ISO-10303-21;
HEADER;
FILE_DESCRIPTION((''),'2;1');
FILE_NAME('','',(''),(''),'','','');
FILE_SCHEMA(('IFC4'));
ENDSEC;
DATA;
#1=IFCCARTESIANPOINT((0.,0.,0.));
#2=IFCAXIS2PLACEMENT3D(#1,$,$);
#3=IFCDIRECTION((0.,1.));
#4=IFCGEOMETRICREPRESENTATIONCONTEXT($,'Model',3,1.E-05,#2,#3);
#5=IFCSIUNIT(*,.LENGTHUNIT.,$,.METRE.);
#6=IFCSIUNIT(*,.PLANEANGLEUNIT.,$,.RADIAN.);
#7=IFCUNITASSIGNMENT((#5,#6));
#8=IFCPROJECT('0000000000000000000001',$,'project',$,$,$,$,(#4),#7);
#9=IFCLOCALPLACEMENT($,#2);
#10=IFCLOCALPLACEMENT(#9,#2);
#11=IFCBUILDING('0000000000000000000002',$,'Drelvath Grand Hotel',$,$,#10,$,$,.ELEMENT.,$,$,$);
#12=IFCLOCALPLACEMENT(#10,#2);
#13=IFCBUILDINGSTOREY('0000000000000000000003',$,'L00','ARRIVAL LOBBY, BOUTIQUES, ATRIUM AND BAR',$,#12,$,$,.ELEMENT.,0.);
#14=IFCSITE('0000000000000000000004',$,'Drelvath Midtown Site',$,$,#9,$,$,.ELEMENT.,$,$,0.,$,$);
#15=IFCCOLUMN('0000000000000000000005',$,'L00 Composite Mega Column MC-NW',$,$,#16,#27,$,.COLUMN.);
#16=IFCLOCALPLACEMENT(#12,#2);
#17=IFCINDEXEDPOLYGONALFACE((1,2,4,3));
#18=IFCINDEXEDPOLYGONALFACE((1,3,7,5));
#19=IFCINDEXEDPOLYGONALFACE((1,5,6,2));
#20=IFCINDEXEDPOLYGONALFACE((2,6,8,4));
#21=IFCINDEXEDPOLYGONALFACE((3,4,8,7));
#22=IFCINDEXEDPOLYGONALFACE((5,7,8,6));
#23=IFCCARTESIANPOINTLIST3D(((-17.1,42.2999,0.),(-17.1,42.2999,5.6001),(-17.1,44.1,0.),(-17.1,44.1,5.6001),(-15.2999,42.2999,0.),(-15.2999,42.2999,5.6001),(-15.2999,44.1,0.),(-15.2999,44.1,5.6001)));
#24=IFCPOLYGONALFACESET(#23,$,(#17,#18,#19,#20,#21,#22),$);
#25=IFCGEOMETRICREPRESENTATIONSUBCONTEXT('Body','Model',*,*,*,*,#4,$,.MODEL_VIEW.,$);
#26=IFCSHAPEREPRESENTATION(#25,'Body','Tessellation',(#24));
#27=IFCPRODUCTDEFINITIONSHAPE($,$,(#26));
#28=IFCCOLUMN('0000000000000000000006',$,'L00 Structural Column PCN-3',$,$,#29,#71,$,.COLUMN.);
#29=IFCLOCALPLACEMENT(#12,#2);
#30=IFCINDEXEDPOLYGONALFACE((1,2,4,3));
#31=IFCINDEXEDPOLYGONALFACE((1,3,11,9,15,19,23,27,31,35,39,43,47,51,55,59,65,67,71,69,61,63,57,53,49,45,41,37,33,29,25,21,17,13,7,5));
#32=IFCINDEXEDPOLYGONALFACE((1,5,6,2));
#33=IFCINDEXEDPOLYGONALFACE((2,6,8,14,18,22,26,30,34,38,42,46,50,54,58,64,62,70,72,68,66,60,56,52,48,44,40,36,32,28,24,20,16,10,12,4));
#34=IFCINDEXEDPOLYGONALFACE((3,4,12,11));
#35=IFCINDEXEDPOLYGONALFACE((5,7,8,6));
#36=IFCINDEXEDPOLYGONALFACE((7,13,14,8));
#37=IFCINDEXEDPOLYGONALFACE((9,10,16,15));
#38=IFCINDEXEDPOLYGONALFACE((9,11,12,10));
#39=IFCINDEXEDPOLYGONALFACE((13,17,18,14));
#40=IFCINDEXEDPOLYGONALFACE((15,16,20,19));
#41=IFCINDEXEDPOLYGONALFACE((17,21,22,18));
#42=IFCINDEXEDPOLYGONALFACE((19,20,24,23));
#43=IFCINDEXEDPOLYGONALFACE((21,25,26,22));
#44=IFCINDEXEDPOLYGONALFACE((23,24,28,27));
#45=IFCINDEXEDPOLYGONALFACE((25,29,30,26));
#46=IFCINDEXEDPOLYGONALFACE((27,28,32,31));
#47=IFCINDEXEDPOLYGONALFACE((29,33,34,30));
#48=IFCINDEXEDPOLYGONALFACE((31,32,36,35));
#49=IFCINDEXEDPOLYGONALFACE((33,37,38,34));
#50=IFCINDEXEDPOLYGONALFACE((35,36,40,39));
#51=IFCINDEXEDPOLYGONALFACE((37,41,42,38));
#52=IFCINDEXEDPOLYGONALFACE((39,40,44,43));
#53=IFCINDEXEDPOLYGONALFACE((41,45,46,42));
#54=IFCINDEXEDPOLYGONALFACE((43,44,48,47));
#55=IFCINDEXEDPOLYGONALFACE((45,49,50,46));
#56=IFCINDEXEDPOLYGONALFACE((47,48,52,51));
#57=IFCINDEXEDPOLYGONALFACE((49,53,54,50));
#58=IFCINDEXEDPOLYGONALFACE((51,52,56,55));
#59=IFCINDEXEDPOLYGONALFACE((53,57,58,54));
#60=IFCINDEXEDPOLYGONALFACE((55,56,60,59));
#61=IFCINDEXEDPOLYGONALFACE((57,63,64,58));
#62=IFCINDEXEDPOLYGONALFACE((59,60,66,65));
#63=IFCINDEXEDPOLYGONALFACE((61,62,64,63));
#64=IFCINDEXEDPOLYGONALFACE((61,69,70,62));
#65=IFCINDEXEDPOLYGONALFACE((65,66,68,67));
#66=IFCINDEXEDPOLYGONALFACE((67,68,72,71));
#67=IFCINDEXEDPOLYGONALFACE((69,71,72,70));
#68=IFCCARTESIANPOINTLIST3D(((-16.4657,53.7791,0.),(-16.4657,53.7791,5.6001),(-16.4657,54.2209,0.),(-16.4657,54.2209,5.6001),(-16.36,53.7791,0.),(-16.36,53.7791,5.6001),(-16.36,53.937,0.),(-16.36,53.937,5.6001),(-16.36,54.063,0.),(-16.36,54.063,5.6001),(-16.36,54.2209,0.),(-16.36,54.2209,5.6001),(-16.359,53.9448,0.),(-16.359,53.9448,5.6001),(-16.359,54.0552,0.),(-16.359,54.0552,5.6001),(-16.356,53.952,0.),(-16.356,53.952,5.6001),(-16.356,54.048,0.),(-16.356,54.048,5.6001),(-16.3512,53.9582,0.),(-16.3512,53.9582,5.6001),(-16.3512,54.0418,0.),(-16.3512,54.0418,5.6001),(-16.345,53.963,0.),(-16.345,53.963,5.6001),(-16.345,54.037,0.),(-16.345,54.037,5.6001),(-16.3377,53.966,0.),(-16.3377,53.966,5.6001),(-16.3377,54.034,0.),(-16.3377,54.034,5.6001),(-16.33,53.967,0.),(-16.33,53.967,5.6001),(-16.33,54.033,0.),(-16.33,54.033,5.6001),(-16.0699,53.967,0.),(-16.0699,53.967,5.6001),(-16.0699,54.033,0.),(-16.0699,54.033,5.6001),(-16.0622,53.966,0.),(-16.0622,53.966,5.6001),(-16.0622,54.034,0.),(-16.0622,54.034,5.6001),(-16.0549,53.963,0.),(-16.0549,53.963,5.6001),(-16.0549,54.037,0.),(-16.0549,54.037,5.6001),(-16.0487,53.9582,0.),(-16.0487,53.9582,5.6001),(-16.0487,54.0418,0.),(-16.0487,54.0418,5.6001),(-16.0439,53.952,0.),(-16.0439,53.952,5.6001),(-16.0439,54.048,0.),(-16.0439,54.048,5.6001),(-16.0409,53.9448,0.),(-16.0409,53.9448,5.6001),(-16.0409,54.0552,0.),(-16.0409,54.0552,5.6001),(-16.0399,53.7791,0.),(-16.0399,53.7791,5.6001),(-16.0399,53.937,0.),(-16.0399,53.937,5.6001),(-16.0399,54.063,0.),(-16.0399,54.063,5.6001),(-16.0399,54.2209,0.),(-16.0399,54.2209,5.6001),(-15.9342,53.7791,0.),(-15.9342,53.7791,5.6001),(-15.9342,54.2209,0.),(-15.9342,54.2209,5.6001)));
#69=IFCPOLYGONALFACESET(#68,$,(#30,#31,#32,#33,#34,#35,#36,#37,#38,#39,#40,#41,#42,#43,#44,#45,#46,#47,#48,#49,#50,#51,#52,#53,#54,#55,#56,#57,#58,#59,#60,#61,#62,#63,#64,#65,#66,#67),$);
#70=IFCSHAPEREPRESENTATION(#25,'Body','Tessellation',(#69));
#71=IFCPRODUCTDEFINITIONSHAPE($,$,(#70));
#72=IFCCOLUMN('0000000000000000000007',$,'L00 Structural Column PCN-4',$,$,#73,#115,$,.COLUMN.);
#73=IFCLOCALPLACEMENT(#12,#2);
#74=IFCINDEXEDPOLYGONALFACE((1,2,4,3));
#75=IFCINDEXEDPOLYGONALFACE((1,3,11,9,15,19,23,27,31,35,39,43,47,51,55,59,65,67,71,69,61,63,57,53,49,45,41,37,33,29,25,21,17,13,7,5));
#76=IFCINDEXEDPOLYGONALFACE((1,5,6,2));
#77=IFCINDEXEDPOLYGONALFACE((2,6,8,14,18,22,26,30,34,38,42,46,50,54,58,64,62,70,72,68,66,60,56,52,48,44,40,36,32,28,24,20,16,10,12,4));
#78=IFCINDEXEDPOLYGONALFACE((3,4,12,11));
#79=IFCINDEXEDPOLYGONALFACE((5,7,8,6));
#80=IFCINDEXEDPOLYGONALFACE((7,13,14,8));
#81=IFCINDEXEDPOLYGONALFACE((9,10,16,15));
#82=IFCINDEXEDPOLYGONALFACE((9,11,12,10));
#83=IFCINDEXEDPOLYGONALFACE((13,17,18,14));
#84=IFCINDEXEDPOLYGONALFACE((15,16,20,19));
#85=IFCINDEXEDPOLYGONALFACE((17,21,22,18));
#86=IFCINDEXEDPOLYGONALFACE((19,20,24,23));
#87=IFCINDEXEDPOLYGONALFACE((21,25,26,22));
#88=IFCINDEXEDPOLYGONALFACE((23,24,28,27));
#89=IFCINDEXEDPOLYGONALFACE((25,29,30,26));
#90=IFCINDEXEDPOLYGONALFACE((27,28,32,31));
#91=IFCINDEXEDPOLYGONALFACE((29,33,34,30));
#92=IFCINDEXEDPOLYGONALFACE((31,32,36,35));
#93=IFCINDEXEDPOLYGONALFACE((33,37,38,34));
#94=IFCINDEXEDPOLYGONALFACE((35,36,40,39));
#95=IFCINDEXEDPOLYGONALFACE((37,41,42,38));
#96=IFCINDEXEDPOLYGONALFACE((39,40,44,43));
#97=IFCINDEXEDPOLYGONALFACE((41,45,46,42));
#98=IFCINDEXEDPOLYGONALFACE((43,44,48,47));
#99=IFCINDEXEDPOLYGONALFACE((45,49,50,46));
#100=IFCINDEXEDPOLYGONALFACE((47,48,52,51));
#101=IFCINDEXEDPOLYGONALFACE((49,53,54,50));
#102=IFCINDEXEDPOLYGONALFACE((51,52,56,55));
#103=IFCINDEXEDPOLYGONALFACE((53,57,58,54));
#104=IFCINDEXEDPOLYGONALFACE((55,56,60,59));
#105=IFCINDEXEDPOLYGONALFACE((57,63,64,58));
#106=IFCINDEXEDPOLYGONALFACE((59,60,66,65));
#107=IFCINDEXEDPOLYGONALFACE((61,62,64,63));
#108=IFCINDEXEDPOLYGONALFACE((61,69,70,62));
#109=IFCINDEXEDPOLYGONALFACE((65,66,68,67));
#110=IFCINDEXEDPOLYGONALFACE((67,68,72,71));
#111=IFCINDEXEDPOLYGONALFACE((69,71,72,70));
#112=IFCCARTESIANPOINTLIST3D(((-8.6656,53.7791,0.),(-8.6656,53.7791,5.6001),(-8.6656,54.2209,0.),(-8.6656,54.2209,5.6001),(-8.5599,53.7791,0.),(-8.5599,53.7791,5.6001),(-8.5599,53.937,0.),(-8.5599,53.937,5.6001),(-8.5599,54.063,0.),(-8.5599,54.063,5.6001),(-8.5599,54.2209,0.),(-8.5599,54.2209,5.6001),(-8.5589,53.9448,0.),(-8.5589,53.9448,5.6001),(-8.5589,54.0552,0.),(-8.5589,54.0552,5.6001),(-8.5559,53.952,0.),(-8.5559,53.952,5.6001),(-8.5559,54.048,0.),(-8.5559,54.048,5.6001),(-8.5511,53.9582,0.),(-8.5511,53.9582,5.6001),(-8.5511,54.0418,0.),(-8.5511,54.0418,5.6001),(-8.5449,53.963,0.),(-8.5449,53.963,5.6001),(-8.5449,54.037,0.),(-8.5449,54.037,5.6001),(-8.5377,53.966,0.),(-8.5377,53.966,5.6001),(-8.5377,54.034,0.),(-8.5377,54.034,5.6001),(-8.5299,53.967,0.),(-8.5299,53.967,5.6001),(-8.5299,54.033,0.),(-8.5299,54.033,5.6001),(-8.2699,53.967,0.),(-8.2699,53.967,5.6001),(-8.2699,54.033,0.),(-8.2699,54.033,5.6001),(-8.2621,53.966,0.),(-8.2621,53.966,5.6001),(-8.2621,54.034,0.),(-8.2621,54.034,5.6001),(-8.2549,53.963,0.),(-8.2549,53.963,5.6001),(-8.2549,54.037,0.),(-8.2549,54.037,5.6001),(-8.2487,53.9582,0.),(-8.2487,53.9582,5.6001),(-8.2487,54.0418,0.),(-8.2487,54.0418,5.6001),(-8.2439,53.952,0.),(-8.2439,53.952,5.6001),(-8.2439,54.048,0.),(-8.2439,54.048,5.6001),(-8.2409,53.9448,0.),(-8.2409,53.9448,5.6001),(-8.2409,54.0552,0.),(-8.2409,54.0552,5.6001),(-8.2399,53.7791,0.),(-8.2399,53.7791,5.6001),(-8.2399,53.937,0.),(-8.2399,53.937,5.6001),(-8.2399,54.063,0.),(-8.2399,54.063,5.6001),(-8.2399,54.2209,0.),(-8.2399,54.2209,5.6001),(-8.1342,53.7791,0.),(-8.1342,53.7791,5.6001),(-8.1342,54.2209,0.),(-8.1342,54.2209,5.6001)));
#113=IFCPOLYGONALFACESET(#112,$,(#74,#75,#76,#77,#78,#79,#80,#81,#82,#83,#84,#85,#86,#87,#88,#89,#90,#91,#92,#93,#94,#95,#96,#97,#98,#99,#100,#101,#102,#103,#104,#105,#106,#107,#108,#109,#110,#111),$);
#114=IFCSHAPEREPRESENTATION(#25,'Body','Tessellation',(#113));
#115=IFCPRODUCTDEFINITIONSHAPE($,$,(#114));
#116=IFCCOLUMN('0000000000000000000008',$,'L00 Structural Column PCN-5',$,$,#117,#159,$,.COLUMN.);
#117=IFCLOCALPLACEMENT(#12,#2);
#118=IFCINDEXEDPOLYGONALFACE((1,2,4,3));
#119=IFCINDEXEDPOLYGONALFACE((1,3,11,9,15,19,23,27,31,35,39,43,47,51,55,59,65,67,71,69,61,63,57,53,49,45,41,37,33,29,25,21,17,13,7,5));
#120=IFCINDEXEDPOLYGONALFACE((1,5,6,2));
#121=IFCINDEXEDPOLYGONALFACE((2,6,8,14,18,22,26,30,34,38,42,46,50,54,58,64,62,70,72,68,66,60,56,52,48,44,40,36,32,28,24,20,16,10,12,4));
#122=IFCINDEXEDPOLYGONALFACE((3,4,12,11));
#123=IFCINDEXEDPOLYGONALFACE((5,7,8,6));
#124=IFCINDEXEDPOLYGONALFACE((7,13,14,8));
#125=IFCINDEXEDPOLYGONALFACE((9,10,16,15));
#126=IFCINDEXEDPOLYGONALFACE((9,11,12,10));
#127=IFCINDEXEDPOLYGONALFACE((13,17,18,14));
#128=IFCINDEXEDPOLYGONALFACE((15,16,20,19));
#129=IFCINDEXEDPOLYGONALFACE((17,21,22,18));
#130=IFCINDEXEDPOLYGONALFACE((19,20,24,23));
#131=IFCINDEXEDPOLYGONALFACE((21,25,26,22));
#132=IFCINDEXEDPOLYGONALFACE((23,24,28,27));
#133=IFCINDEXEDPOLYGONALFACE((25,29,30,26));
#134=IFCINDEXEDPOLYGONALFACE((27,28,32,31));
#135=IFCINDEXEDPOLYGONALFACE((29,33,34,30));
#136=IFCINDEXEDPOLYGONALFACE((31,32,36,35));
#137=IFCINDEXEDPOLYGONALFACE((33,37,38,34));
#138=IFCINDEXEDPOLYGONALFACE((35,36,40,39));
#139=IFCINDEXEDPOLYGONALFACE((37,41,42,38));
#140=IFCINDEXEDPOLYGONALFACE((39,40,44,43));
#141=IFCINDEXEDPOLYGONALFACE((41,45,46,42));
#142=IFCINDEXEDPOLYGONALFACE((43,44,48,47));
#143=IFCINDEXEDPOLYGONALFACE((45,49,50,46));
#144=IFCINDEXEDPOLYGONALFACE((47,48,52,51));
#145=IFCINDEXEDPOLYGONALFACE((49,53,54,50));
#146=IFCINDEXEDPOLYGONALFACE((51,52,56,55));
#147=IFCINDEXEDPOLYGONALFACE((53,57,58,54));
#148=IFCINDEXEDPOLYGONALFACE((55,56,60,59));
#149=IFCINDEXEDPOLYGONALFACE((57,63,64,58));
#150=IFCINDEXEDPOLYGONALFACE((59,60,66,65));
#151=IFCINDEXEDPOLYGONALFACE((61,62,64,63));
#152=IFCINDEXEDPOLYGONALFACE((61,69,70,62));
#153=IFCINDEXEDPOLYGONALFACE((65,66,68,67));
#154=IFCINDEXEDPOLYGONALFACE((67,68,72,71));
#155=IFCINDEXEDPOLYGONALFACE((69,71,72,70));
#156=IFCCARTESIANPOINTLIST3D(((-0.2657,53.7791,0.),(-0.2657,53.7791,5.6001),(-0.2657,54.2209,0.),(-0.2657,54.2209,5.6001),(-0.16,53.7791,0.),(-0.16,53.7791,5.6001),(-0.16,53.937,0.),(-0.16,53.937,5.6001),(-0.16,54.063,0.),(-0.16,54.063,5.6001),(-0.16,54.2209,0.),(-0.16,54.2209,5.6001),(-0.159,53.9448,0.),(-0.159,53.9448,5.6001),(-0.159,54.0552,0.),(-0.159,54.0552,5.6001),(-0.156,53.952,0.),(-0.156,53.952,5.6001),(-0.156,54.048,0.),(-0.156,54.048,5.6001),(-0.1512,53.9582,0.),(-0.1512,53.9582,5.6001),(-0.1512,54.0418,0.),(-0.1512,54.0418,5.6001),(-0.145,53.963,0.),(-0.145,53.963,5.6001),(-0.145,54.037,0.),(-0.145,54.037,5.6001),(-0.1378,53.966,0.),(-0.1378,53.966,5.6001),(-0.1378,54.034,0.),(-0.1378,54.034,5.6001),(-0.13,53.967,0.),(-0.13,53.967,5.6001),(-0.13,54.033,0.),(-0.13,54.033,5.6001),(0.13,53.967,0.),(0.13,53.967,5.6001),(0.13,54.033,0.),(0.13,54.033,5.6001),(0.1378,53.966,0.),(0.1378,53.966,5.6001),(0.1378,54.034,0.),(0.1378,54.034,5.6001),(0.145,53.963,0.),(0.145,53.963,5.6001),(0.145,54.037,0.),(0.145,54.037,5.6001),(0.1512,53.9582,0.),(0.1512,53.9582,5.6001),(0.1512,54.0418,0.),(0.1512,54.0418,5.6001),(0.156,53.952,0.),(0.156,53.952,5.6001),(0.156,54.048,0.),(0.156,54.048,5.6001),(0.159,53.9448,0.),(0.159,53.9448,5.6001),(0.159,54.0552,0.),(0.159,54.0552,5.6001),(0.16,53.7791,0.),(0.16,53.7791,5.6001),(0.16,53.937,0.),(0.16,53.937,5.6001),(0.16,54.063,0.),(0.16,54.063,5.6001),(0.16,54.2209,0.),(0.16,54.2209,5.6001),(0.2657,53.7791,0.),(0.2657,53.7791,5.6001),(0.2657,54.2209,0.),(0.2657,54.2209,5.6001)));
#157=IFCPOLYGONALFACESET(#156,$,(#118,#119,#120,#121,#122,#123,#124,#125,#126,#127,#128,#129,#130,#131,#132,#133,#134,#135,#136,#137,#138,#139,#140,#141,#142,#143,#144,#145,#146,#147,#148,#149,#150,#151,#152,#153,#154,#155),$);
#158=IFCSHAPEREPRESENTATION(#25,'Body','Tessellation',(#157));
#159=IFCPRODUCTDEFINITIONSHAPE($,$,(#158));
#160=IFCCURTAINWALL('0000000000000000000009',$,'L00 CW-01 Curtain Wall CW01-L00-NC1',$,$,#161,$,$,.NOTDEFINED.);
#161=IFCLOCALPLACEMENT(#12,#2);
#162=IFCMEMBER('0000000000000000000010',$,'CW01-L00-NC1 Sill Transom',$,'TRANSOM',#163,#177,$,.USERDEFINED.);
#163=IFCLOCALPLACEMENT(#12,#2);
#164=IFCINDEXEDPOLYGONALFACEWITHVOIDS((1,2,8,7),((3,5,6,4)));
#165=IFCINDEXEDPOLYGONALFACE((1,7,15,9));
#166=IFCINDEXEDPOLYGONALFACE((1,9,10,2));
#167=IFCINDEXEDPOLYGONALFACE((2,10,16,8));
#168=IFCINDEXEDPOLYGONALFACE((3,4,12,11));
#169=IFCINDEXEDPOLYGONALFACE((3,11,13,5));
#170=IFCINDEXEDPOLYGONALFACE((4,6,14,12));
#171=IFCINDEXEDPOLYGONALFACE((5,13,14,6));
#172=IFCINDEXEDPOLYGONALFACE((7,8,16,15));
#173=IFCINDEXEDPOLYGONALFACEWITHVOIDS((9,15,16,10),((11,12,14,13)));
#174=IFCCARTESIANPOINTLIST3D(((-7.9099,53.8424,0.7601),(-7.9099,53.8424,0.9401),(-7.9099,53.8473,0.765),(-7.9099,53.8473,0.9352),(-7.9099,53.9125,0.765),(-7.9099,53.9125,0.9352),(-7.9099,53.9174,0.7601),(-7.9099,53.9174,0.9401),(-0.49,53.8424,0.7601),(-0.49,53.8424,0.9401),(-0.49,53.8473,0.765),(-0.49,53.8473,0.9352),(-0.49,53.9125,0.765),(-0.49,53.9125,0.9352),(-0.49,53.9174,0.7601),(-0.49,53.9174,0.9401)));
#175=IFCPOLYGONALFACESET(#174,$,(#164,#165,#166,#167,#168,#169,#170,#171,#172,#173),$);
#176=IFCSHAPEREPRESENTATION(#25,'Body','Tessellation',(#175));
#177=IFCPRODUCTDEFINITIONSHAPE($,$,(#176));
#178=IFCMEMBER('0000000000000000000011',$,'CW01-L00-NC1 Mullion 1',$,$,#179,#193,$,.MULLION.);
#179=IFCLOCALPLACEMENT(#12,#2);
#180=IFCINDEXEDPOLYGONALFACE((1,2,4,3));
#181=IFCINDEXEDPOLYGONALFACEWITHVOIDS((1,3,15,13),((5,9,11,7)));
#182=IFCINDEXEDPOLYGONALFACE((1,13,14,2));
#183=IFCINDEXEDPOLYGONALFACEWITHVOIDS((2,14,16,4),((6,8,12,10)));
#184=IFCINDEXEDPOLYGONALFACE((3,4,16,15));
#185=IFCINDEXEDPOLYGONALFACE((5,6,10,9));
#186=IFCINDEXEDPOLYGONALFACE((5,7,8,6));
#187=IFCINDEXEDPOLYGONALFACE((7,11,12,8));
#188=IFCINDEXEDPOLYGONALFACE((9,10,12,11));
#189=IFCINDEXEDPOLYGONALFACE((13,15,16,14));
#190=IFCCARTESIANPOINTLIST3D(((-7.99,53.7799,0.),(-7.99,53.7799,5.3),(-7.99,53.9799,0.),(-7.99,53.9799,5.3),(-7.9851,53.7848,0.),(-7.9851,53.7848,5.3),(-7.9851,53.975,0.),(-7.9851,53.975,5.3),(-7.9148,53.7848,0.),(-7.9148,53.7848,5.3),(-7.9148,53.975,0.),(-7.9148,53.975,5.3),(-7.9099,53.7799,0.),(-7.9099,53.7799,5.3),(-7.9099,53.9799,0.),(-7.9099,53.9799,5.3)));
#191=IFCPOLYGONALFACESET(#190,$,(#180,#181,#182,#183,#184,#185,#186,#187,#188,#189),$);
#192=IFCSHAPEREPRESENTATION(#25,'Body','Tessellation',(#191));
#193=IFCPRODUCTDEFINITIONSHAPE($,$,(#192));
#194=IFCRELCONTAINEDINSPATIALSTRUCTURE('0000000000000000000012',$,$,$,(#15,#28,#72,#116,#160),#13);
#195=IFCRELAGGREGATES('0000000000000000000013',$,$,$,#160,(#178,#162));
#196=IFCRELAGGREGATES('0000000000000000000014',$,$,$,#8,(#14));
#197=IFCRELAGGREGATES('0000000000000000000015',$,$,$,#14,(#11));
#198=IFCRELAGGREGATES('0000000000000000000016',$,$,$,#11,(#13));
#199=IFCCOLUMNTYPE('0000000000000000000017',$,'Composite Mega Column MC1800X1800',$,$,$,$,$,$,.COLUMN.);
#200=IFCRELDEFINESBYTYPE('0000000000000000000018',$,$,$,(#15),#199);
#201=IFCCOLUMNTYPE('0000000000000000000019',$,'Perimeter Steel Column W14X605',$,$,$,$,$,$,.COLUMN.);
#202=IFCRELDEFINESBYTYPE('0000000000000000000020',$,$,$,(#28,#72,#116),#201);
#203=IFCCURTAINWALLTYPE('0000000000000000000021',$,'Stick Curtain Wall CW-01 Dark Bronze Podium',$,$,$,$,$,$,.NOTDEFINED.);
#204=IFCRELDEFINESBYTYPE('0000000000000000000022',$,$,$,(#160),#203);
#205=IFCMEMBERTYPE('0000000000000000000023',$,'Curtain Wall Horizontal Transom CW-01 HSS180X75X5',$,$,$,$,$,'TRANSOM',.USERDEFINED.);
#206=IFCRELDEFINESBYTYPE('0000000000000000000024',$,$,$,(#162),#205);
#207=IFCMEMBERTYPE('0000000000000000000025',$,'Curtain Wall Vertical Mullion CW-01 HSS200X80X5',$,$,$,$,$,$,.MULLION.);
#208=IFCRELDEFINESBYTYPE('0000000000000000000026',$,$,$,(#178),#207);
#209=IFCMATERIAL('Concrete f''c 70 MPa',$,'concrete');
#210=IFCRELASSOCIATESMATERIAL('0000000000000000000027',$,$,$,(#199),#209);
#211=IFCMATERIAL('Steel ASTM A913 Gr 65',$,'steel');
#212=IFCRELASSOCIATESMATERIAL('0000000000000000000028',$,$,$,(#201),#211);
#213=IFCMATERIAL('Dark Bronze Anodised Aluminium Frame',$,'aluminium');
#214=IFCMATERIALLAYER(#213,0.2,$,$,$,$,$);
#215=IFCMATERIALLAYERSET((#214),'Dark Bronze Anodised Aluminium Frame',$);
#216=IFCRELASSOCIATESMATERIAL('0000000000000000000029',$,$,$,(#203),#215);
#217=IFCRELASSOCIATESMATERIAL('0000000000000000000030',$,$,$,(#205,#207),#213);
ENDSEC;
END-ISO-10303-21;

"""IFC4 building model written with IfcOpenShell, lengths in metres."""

from ifc_helpers import new_model, si_unit, direction, frame, origin, origin_2d, place, context, subcontext, project, spatial, rectangle, hollow_rectangle, i_section, extrude, material, layer, layer_set, material_profile, profile_set, type_object, element, aggregate, save


model = new_model("IFC4")

# Units and contexts
model_context = context("Model", 3, precision=1e-05, world=origin(), true_north=direction((0.0, 1.0)))
body_context = subcontext(model_context, "Body", "Model", "MODEL_VIEW")
ifc_project = project(units=[si_unit("LENGTHUNIT", "METRE"), si_unit("PLANEANGLEUNIT", "RADIAN")], contexts=[model_context])

# Site, building, storey
site_placement = place(None, origin())
site = spatial("IfcSite", under=ifc_project, at=site_placement, Name="Drelvath Midtown Site", CompositionType="ELEMENT", RefElevation=0.0)
building_placement = place(site_placement, origin())
building = spatial("IfcBuilding", under=site, at=building_placement, Name="Drelvath Grand Hotel", CompositionType="ELEMENT")
storey_placement = place(building_placement, origin())
storey = spatial("IfcBuildingStorey", under=building, at=storey_placement, Name="L00", Description="ARRIVAL LOBBY, BOUTIQUES, ATRIUM AND BAR", CompositionType="ELEMENT", Elevation=0.0)

# Columns
ifc_material_1 = material(Name="Concrete f'c 70 MPa", Category="concrete")
ifc_material_profile_1 = material_profile(ifc_material_1, rectangle(XDim=1.8, YDim=1.8, at=origin_2d()), Name="MC1800X1800")
ifc_profile_set_1 = profile_set([ifc_material_profile_1], Name="Concrete f'c 70 MPa")
column_type_1 = type_object("IfcColumnType", Name="Composite Mega Column MC1800X1800", PredefinedType="COLUMN", material=ifc_profile_set_1)
column_placement = place(storey_placement, frame((-16.2, 43.2, 0.0), z_axis=(0.0, 0.0, 1.0), x_axis=(1.0, 0.0, 0.0)))
element("IfcColumn", 1, at=column_placement, inside=storey, type_object=column_type_1, Name="L00 Composite Mega Column MC-NW", PredefinedType="COLUMN", context=body_context, shape_type="SweptSolid", body=[
    extrude(rectangle(XDim=1.8, YDim=1.8, at=origin_2d()), origin(), (0.0, 0.0, 1.0), 5.6001),
])
ifc_material_2 = material(Name="Steel ASTM A913 Gr 65", Category="steel")
ifc_material_profile_2 = material_profile(ifc_material_2, i_section(OverallWidth=0.4419, OverallDepth=0.5315, WebThickness=0.0659, FlangeThickness=0.1057, FilletRadius=0.03, at=origin_2d()), Name="W14X605")
ifc_profile_set_2 = profile_set([ifc_material_profile_2], Name="Steel ASTM A913 Gr 65")
column_type_2 = type_object("IfcColumnType", Name="Perimeter Steel Column W14X605", PredefinedType="COLUMN", material=ifc_profile_set_2)
for number, where, z_axis, x_axis, name in (
    (2, (-16.2, 54.0, 0.0), (0.0, 0.0, 1.0), (0.0, 1.0, 0.0), "L00 Structural Column PCN-3"),
    (3, (-8.3999, 54.0, 0.0), (0.0, 0.0, 1.0), (0.0, 1.0, 0.0), "L00 Structural Column PCN-4"),
    (4, (0.0, 54.0, 0.0), (0.0, 0.0, 1.0), (0.0, 1.0, 0.0), "L00 Structural Column PCN-5"),
):
    element("IfcColumn", number, at=place(storey_placement, frame(where, z_axis=z_axis, x_axis=x_axis)), inside=storey, type_object=column_type_2, Name=name, PredefinedType="COLUMN", context=body_context, shape_type="SweptSolid", body=[
        extrude(i_section(OverallWidth=0.4419, OverallDepth=0.5315, WebThickness=0.0659, FlangeThickness=0.1057, FilletRadius=0.03, at=origin_2d()), origin(), (0.0, 0.0, 1.0), 5.6001),
    ])

# Curtain wall, members
ifc_material_3 = material(Name="Dark Bronze Anodised Aluminium Frame", Category="aluminium")
ifc_layer_1 = layer(ifc_material_3, 0.2)
ifc_layer_set_1 = layer_set([ifc_layer_1], Name="Dark Bronze Anodised Aluminium Frame")
curtain_wall_type = type_object("IfcCurtainWallType", Name="Stick Curtain Wall CW-01 Dark Bronze Podium", PredefinedType="NOTDEFINED", material=ifc_layer_set_1)
curtain_wall_placement = place(storey_placement, origin())
curtain_wall = element("IfcCurtainWall", 5, at=curtain_wall_placement, inside=storey, type_object=curtain_wall_type, Name="L00 CW-01 Curtain Wall CW01-L00-NC1", PredefinedType="NOTDEFINED")
ifc_material_profile_3 = material_profile(ifc_material_3, hollow_rectangle(XDim=0.075, YDim=0.1799, WallThickness=0.0049, at=origin_2d()), Name="HSS180X75X5")
ifc_profile_set_3 = profile_set([ifc_material_profile_3], Name="Dark Bronze Anodised Aluminium Frame")
member_type_1 = type_object("IfcMemberType", Name="Curtain Wall Horizontal Transom CW-01 HSS180X75X5", ElementType="TRANSOM", PredefinedType="USERDEFINED", material=ifc_profile_set_3)
member_1_placement = place(storey_placement, frame((-7.9099, 53.8799, 0.8501), z_axis=(1.0, 0.0, 0.0), x_axis=(0.0, 1.0, 0.0)))
member_1 = element("IfcMember", 6, at=member_1_placement, type_object=member_type_1, Name="CW01-L00-NC1 Sill Transom", ObjectType="TRANSOM", PredefinedType="USERDEFINED", context=body_context, shape_type="SweptSolid", body=[
    extrude(hollow_rectangle(XDim=0.075, YDim=0.1799, WallThickness=0.0049, at=origin_2d()), origin(), (0.0, 0.0, 1.0), 7.4199),
])
ifc_material_profile_4 = material_profile(ifc_material_3, hollow_rectangle(XDim=0.0801, YDim=0.2, WallThickness=0.0049, at=origin_2d()), Name="HSS200X80X5")
ifc_profile_set_4 = profile_set([ifc_material_profile_4], Name="Dark Bronze Anodised Aluminium Frame")
member_type_2 = type_object("IfcMemberType", Name="Curtain Wall Vertical Mullion CW-01 HSS200X80X5", PredefinedType="MULLION", material=ifc_profile_set_4)
member_2_placement = place(storey_placement, frame((-7.95, 53.8799, 0.0), z_axis=(0.0, 0.0, 1.0), x_axis=(1.0, 0.0, 0.0)))
member_2 = element("IfcMember", 7, at=member_2_placement, type_object=member_type_2, Name="CW01-L00-NC1 Mullion 1", PredefinedType="MULLION", context=body_context, shape_type="SweptSolid", body=[
    extrude(hollow_rectangle(XDim=0.0801, YDim=0.2, WallThickness=0.0049, at=origin_2d()), origin(), (0.0, 0.0, 1.0), 5.3),
])

aggregate(curtain_wall, [member_2, member_1])

save(model, "model.ifc")
